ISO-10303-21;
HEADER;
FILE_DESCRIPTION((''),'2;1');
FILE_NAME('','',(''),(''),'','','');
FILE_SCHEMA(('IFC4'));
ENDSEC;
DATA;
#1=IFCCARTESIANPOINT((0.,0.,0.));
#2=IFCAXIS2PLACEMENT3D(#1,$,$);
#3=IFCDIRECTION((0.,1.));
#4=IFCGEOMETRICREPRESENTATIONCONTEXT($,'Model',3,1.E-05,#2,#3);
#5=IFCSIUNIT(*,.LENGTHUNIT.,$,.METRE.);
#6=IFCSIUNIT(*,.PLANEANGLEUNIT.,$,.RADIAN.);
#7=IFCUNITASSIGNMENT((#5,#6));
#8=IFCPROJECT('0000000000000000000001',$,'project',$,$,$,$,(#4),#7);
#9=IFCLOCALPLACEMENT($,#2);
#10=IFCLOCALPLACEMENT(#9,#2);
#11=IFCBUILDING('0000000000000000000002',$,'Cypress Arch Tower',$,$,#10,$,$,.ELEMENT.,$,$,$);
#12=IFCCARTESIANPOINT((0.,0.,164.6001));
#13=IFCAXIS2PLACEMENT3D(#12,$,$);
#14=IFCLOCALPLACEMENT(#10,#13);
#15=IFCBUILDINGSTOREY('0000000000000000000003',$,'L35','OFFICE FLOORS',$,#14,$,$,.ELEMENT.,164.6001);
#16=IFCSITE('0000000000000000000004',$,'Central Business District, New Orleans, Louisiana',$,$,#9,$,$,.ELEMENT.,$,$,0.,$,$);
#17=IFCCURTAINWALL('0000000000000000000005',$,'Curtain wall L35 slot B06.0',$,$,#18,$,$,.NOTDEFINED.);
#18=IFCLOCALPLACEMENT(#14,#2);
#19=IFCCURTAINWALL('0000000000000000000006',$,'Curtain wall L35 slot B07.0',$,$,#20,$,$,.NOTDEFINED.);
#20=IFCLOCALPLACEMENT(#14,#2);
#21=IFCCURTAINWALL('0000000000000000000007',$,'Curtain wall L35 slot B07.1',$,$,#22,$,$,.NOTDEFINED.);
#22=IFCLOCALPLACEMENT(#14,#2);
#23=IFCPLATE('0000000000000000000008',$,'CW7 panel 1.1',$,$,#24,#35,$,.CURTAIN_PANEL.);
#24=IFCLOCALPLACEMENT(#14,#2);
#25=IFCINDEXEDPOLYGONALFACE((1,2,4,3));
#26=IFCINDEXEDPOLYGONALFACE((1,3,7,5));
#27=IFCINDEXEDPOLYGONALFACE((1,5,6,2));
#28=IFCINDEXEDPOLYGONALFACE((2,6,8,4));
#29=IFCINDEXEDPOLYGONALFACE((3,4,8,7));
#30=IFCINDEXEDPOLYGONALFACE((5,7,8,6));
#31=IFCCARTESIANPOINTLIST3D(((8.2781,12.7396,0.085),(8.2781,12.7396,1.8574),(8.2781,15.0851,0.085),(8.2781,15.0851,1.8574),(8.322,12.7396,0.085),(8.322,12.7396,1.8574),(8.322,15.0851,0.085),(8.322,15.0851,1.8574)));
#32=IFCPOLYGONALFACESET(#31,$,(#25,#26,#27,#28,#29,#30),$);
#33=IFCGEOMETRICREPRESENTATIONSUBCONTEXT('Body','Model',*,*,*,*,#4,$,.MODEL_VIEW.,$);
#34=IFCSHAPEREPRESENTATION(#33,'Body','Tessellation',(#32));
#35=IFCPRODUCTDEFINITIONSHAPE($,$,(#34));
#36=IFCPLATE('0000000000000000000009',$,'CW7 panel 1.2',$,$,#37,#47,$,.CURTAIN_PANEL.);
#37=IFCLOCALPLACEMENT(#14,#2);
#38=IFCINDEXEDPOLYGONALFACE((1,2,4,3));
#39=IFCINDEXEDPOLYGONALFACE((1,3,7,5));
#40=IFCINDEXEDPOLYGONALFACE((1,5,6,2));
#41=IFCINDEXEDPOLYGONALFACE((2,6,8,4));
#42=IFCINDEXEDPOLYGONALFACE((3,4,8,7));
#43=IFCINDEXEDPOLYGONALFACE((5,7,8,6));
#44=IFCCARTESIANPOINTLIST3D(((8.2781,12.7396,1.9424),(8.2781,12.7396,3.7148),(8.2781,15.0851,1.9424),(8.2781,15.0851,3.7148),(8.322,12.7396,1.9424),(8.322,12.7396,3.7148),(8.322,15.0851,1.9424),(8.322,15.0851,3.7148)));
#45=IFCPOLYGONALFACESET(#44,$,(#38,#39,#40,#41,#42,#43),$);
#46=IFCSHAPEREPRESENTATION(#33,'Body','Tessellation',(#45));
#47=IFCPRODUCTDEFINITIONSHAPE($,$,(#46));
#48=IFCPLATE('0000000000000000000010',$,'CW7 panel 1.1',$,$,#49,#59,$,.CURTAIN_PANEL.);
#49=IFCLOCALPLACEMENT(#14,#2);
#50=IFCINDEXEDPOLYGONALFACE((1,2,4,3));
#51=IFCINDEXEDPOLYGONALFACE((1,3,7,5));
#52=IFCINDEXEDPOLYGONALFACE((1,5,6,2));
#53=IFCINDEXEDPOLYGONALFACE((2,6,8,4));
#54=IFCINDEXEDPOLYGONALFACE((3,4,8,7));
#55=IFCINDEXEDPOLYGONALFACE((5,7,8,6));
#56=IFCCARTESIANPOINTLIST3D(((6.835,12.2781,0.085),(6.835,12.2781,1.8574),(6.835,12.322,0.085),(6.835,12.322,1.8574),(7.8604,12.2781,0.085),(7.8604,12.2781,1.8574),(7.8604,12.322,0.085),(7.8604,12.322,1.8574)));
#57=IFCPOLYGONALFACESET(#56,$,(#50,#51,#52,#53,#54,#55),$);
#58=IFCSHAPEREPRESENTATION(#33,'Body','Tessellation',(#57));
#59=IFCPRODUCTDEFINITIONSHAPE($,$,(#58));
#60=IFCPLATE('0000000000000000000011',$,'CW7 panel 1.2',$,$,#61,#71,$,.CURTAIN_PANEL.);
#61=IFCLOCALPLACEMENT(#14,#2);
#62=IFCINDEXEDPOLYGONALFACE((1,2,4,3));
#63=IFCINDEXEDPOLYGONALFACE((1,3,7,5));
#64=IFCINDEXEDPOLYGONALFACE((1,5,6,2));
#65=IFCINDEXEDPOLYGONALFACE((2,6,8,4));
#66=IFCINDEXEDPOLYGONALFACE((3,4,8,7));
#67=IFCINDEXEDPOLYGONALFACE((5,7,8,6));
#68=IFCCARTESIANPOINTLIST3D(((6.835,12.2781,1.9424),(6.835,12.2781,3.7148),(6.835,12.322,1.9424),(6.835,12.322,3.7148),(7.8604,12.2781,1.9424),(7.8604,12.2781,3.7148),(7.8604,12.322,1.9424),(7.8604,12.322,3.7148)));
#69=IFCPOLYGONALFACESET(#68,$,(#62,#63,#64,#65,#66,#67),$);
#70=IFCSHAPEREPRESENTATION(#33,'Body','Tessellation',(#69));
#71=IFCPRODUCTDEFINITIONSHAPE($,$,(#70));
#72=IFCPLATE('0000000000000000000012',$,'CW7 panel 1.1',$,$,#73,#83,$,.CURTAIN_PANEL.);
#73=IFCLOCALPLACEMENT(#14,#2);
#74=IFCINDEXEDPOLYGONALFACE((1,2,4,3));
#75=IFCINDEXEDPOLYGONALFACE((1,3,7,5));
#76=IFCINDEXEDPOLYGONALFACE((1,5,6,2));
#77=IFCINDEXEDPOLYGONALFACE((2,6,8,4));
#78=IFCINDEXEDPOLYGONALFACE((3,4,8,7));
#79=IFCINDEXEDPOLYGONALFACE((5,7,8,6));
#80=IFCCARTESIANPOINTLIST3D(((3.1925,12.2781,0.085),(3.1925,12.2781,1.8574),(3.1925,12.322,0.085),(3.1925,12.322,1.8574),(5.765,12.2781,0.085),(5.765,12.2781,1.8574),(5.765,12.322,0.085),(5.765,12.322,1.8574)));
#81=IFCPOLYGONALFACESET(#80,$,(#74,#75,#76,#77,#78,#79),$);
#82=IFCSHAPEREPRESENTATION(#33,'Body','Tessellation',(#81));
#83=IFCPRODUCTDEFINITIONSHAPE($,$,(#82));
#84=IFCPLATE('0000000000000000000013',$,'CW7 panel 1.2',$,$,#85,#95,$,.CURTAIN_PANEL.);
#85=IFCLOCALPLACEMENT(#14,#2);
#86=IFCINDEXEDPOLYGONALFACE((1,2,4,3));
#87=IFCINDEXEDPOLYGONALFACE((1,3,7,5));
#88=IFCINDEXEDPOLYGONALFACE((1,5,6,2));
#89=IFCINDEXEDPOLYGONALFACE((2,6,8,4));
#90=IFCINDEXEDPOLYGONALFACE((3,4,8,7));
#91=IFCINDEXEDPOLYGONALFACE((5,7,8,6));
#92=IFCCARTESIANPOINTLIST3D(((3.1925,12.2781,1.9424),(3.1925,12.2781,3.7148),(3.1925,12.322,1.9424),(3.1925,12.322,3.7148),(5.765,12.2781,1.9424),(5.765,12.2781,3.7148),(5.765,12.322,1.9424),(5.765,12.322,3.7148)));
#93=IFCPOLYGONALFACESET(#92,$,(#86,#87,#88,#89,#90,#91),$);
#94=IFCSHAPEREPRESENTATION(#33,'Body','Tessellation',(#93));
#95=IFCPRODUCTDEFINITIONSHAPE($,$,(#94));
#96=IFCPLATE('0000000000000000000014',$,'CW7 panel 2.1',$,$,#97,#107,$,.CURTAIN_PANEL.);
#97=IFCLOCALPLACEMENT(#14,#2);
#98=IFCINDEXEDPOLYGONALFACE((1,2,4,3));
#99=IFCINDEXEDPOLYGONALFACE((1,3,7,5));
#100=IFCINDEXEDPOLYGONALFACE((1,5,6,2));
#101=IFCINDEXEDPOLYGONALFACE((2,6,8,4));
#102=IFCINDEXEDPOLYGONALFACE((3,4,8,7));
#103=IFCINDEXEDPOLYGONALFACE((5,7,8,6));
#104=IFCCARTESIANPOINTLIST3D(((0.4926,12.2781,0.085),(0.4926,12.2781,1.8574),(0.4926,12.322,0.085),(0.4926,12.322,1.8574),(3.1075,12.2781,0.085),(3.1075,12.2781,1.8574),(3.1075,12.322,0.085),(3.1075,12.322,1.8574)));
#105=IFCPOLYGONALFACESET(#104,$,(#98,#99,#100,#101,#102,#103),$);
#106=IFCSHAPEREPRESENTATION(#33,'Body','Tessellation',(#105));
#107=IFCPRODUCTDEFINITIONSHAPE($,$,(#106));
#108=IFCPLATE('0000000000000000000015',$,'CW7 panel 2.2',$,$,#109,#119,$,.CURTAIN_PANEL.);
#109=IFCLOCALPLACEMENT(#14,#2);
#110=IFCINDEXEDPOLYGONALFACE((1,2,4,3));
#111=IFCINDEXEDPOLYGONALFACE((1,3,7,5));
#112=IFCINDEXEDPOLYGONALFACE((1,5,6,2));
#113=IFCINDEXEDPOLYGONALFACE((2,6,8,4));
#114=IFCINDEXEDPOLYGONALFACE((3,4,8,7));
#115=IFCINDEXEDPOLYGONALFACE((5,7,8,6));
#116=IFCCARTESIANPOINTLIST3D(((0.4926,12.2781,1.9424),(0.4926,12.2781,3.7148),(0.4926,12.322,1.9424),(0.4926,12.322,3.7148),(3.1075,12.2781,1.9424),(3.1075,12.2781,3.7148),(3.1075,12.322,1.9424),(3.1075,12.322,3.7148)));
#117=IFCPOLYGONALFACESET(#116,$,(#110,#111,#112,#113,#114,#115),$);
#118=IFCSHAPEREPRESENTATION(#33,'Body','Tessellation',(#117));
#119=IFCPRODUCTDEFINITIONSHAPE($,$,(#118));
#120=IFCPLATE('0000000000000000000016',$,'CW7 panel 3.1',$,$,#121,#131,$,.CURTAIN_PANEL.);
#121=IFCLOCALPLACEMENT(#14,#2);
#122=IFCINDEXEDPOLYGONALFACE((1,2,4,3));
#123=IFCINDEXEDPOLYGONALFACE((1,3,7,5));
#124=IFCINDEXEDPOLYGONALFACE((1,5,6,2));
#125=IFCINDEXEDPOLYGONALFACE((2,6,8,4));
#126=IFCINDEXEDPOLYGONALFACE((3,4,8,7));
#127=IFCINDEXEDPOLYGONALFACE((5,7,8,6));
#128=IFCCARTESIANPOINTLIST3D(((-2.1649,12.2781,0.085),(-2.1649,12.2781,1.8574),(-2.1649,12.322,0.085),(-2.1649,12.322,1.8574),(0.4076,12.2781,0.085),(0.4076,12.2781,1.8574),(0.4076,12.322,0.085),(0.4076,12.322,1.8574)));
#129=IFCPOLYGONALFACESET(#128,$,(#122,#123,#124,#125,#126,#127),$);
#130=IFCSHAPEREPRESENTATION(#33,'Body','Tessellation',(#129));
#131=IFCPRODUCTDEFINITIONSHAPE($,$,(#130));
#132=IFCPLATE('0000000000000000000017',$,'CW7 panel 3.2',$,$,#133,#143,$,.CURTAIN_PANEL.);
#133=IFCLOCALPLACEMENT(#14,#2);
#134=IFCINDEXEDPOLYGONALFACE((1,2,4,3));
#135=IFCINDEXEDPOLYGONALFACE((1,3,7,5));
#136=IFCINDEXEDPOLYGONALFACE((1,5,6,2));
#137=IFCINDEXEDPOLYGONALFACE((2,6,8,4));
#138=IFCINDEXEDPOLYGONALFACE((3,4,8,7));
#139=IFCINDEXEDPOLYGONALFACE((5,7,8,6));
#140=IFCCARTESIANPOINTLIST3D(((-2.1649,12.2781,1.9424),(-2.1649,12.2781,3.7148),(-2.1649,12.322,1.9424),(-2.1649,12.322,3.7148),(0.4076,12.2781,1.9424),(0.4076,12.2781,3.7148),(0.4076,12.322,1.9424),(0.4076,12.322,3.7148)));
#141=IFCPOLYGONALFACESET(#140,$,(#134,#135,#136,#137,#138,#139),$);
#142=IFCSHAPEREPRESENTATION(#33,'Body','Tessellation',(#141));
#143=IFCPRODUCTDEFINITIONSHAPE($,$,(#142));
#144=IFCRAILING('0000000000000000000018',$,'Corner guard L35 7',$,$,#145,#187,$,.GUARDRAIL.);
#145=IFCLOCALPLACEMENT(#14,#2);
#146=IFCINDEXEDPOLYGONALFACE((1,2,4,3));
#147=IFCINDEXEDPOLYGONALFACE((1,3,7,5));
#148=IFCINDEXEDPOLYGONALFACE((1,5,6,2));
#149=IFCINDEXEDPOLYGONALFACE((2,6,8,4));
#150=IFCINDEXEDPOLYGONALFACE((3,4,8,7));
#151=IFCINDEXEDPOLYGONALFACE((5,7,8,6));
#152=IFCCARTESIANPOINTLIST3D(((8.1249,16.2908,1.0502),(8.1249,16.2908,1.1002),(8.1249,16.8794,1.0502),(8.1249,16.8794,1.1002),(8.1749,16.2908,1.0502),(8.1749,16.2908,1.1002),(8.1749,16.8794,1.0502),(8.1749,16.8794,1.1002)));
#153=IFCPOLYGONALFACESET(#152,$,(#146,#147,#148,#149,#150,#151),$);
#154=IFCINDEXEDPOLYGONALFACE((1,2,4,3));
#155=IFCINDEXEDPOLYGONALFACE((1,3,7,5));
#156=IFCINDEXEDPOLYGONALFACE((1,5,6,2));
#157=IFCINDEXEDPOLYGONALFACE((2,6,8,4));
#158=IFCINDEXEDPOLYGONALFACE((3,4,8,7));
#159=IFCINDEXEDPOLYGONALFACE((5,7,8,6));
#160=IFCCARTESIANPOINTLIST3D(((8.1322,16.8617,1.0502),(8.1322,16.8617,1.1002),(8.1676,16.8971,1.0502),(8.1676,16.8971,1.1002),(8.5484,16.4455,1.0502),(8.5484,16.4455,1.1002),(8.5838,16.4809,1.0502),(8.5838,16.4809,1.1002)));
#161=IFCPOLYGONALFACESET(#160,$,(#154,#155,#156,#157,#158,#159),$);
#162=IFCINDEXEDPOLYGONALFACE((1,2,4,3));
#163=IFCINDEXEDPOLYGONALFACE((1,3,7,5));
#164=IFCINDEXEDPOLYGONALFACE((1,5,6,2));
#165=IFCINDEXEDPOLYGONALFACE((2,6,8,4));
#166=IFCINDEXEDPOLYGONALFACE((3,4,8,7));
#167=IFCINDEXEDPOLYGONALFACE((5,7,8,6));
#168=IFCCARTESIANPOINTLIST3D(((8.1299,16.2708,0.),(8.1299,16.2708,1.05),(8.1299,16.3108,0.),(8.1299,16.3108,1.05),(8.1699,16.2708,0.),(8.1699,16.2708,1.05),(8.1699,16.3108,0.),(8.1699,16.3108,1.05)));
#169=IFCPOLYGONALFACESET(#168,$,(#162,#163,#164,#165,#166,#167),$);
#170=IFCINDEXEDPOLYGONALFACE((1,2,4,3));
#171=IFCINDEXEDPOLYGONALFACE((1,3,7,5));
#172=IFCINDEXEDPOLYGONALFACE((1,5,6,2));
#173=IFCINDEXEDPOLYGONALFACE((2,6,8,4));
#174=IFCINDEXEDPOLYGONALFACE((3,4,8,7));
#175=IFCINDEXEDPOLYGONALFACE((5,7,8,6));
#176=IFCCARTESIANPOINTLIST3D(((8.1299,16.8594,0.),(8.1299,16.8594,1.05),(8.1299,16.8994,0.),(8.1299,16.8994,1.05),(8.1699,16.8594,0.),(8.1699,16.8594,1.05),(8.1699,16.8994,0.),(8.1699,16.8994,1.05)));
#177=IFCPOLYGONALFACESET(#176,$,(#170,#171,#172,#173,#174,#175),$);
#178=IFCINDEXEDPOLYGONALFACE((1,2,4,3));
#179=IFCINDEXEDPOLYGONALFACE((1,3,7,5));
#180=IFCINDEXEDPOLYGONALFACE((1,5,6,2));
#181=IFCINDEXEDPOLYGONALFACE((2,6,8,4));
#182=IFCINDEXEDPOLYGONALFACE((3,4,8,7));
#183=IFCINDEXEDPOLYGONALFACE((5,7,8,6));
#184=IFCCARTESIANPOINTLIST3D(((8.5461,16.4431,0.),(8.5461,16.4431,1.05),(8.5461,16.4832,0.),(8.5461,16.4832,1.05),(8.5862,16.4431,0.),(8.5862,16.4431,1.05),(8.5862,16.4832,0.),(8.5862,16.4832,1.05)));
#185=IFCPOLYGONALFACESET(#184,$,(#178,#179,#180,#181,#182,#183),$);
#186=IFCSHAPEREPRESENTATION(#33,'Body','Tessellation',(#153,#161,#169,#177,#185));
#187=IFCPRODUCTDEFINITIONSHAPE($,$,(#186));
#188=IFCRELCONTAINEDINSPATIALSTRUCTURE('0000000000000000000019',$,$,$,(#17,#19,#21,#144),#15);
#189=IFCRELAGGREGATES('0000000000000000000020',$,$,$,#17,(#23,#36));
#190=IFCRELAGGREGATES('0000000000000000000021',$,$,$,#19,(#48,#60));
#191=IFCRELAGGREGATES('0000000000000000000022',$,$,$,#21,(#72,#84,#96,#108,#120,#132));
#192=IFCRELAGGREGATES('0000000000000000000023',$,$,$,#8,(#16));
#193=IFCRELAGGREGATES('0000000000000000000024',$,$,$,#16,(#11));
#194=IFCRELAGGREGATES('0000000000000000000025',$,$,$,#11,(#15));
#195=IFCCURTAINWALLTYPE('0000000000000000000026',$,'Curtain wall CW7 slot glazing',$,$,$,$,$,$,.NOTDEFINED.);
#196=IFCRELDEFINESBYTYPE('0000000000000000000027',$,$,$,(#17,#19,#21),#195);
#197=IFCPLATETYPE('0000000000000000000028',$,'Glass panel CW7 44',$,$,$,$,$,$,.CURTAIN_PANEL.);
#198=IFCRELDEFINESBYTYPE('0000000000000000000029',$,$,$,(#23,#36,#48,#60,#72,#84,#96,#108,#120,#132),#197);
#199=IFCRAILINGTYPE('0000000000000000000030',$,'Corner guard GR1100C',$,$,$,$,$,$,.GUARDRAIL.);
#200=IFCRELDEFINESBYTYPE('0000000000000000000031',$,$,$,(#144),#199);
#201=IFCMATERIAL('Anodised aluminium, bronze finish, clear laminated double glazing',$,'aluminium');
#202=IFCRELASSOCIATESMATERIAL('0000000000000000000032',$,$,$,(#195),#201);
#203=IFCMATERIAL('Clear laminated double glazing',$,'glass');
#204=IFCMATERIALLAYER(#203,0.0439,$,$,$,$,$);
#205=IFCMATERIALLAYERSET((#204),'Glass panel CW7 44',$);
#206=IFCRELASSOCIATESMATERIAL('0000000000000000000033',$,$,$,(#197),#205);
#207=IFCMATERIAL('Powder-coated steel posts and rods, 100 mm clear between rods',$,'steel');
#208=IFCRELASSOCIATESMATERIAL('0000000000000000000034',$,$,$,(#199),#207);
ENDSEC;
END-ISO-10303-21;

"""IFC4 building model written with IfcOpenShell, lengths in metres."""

from ifc_helpers import new_model, si_unit, direction, frame, origin, origin_2d, place, context, subcontext, project, spatial, rectangle, extrude, material, layer, layer_set, type_object, element, aggregate, save


model = new_model("IFC4")

# Units and contexts
model_context = context("Model", 3, precision=1e-05, world=origin(), true_north=direction((0.0, 1.0)))
body_context = subcontext(model_context, "Body", "Model", "MODEL_VIEW")
ifc_project = project(units=[si_unit("LENGTHUNIT", "METRE"), si_unit("PLANEANGLEUNIT", "RADIAN")], contexts=[model_context])

# Site, building, storey
site_placement = place(None, origin())
site = spatial("IfcSite", under=ifc_project, at=site_placement, Name="Central Business District, New Orleans, Louisiana", CompositionType="ELEMENT", RefElevation=0.0)
building_placement = place(site_placement, origin())
building = spatial("IfcBuilding", under=site, at=building_placement, Name="Cypress Arch Tower", CompositionType="ELEMENT")
storey_placement = place(building_placement, frame((0.0, 0.0, 164.6001)))
storey = spatial("IfcBuildingStorey", under=building, at=storey_placement, Name="L35", Description="OFFICE FLOORS", CompositionType="ELEMENT", Elevation=164.6001)

# Curtain wall
ifc_material_1 = material(Name="Anodised aluminium, bronze finish, clear laminated double glazing", Category="aluminium")
curtain_wall_type = type_object("IfcCurtainWallType", Name="Curtain wall CW7 slot glazing", PredefinedType="NOTDEFINED", material=ifc_material_1)
curtain_wall_1_placement = place(storey_placement, origin())
curtain_wall_1 = element("IfcCurtainWall", 1, at=curtain_wall_1_placement, inside=storey, type_object=curtain_wall_type, Name="Curtain wall L35 slot B06.0", PredefinedType="NOTDEFINED")

# Curtain walls
curtain_wall_2_placement = place(storey_placement, origin())
curtain_wall_2 = element("IfcCurtainWall", 2, at=curtain_wall_2_placement, inside=storey, type_object=curtain_wall_type, Name="Curtain wall L35 slot B07.0", PredefinedType="NOTDEFINED")
curtain_wall_3_placement = place(storey_placement, origin())
curtain_wall_3 = element("IfcCurtainWall", 3, at=curtain_wall_3_placement, inside=storey, type_object=curtain_wall_type, Name="Curtain wall L35 slot B07.1", PredefinedType="NOTDEFINED")

# Plates
ifc_material_2 = material(Name="Clear laminated double glazing", Category="glass")
ifc_layer = layer(ifc_material_2, 0.0439)
ifc_layer_set = layer_set([ifc_layer], Name="Glass panel CW7 44")
plate_type = type_object("IfcPlateType", Name="Glass panel CW7 44", PredefinedType="CURTAIN_PANEL", material=ifc_layer_set)
plate_1_placement = place(storey_placement, frame((8.3, 13.9124, 0.085), z_axis=(0.0, 0.0, 1.0), x_axis=(0.0, -1.0, 0.0)))
plate_1 = element("IfcPlate", 4, at=plate_1_placement, type_object=plate_type, Name="CW7 panel 1.1", PredefinedType="CURTAIN_PANEL", context=body_context, shape_type="SweptSolid", body=[
    extrude(rectangle(XDim=2.3455, YDim=0.0439, at=origin_2d()), origin(), (0.0, 0.0, 1.0), 1.7725),
])
plate_2_placement = place(storey_placement, frame((8.3, 13.9124, 1.9424), z_axis=(0.0, 0.0, 1.0), x_axis=(0.0, -1.0, 0.0)))
plate_2 = element("IfcPlate", 5, at=plate_2_placement, type_object=plate_type, Name="CW7 panel 1.2", PredefinedType="CURTAIN_PANEL", context=body_context, shape_type="SweptSolid", body=[
    extrude(rectangle(XDim=2.3455, YDim=0.0439, at=origin_2d()), origin(), (0.0, 0.0, 1.0), 1.7725),
])
aggregate(curtain_wall_1, [plate_1, plate_2])
plate_3_placement = place(storey_placement, frame((7.3477, 12.3, 0.085), z_axis=(0.0, 0.0, 1.0), x_axis=(-1.0, 0.0, 0.0)))
plate_3 = element("IfcPlate", 6, at=plate_3_placement, type_object=plate_type, Name="CW7 panel 1.1", PredefinedType="CURTAIN_PANEL", context=body_context, shape_type="SweptSolid", body=[
    extrude(rectangle(XDim=1.0254, YDim=0.0439, at=origin_2d()), origin(), (0.0, 0.0, 1.0), 1.7725),
])
plate_4_placement = place(storey_placement, frame((7.3477, 12.3, 1.9424), z_axis=(0.0, 0.0, 1.0), x_axis=(-1.0, 0.0, 0.0)))
plate_4 = element("IfcPlate", 7, at=plate_4_placement, type_object=plate_type, Name="CW7 panel 1.2", PredefinedType="CURTAIN_PANEL", context=body_context, shape_type="SweptSolid", body=[
    extrude(rectangle(XDim=1.0254, YDim=0.0439, at=origin_2d()), origin(), (0.0, 0.0, 1.0), 1.7725),
])
aggregate(curtain_wall_2, [plate_3, plate_4])
plate_5_placement = place(storey_placement, frame((4.4788, 12.3, 0.085), z_axis=(0.0, 0.0, 1.0), x_axis=(-1.0, 0.0, 0.0)))
plate_5 = element("IfcPlate", 8, at=plate_5_placement, type_object=plate_type, Name="CW7 panel 1.1", PredefinedType="CURTAIN_PANEL", context=body_context, shape_type="SweptSolid", body=[
    extrude(rectangle(XDim=2.5725, YDim=0.0439, at=origin_2d()), origin(), (0.0, 0.0, 1.0), 1.7725),
])
plate_6_placement = place(storey_placement, frame((4.4788, 12.3, 1.9424), z_axis=(0.0, 0.0, 1.0), x_axis=(-1.0, 0.0, 0.0)))
plate_6 = element("IfcPlate", 9, at=plate_6_placement, type_object=plate_type, Name="CW7 panel 1.2", PredefinedType="CURTAIN_PANEL", context=body_context, shape_type="SweptSolid", body=[
    extrude(rectangle(XDim=2.5725, YDim=0.0439, at=origin_2d()), origin(), (0.0, 0.0, 1.0), 1.7725),
])
plate_7_placement = place(storey_placement, frame((1.8, 12.3, 0.085), z_axis=(0.0, 0.0, 1.0), x_axis=(-1.0, 0.0, 0.0)))
plate_7 = element("IfcPlate", 10, at=plate_7_placement, type_object=plate_type, Name="CW7 panel 2.1", PredefinedType="CURTAIN_PANEL", context=body_context, shape_type="SweptSolid", body=[
    extrude(rectangle(XDim=2.615, YDim=0.0439, at=origin_2d()), origin(), (0.0, 0.0, 1.0), 1.7725),
])
plate_8_placement = place(storey_placement, frame((1.8, 12.3, 1.9424), z_axis=(0.0, 0.0, 1.0), x_axis=(-1.0, 0.0, 0.0)))
plate_8 = element("IfcPlate", 11, at=plate_8_placement, type_object=plate_type, Name="CW7 panel 2.2", PredefinedType="CURTAIN_PANEL", context=body_context, shape_type="SweptSolid", body=[
    extrude(rectangle(XDim=2.615, YDim=0.0439, at=origin_2d()), origin(), (0.0, 0.0, 1.0), 1.7725),
])
plate_9_placement = place(storey_placement, frame((-0.8787, 12.3, 0.085), z_axis=(0.0, 0.0, 1.0), x_axis=(-1.0, 0.0, 0.0)))
plate_9 = element("IfcPlate", 12, at=plate_9_placement, type_object=plate_type, Name="CW7 panel 3.1", PredefinedType="CURTAIN_PANEL", context=body_context, shape_type="SweptSolid", body=[
    extrude(rectangle(XDim=2.5725, YDim=0.0439, at=origin_2d()), origin(), (0.0, 0.0, 1.0), 1.7725),
])
plate_10_placement = place(storey_placement, frame((-0.8787, 12.3, 1.9424), z_axis=(0.0, 0.0, 1.0), x_axis=(-1.0, 0.0, 0.0)))
plate_10 = element("IfcPlate", 13, at=plate_10_placement, type_object=plate_type, Name="CW7 panel 3.2", PredefinedType="CURTAIN_PANEL", context=body_context, shape_type="SweptSolid", body=[
    extrude(rectangle(XDim=2.5725, YDim=0.0439, at=origin_2d()), origin(), (0.0, 0.0, 1.0), 1.7725),
])
aggregate(curtain_wall_3, [plate_5, plate_6, plate_7, plate_8, plate_9, plate_10])

# Railing
ifc_material_3 = material(Name="Powder-coated steel posts and rods, 100 mm clear between rods", Category="steel")
railing_type = type_object("IfcRailingType", Name="Corner guard GR1100C", PredefinedType="GUARDRAIL", material=ifc_material_3)
railing_placement = place(storey_placement, frame((8.1499, 16.2908, 0.0)))
element("IfcRailing", 14, at=railing_placement, inside=storey, type_object=railing_type, Name="Corner guard L35 7", PredefinedType="GUARDRAIL", context=body_context, shape_type="SweptSolid", body=[
    extrude(rectangle(XDim=0.05, YDim=0.05, at=origin_2d()), frame((0.0, 0.0, 1.0752), z_axis=(0.0, 1.0, 0.0), x_axis=(-1.0, 0.0, 0.0)), (0.0, 0.0, 1.0), 0.5886),
    extrude(rectangle(XDim=0.05, YDim=0.05, at=origin_2d()), frame((0.0, 0.5886, 1.0752), z_axis=(0.707107, -0.707107, 0.0), x_axis=(0.707107, 0.707107, 0.0)), (0.0, 0.0, 1.0), 0.5886),
    extrude(rectangle(XDim=0.04, YDim=0.04, at=origin_2d()), origin(), (0.0, 0.0, 1.0), 1.05),
    extrude(rectangle(XDim=0.04, YDim=0.04, at=origin_2d()), frame((0.0, 0.5886, 0.0)), (0.0, 0.0, 1.0), 1.05),
    extrude(rectangle(XDim=0.04, YDim=0.04, at=origin_2d()), frame((0.4163, 0.1724, 0.0)), (0.0, 0.0, 1.0), 1.05),
])

save(model, "model.ifc")
